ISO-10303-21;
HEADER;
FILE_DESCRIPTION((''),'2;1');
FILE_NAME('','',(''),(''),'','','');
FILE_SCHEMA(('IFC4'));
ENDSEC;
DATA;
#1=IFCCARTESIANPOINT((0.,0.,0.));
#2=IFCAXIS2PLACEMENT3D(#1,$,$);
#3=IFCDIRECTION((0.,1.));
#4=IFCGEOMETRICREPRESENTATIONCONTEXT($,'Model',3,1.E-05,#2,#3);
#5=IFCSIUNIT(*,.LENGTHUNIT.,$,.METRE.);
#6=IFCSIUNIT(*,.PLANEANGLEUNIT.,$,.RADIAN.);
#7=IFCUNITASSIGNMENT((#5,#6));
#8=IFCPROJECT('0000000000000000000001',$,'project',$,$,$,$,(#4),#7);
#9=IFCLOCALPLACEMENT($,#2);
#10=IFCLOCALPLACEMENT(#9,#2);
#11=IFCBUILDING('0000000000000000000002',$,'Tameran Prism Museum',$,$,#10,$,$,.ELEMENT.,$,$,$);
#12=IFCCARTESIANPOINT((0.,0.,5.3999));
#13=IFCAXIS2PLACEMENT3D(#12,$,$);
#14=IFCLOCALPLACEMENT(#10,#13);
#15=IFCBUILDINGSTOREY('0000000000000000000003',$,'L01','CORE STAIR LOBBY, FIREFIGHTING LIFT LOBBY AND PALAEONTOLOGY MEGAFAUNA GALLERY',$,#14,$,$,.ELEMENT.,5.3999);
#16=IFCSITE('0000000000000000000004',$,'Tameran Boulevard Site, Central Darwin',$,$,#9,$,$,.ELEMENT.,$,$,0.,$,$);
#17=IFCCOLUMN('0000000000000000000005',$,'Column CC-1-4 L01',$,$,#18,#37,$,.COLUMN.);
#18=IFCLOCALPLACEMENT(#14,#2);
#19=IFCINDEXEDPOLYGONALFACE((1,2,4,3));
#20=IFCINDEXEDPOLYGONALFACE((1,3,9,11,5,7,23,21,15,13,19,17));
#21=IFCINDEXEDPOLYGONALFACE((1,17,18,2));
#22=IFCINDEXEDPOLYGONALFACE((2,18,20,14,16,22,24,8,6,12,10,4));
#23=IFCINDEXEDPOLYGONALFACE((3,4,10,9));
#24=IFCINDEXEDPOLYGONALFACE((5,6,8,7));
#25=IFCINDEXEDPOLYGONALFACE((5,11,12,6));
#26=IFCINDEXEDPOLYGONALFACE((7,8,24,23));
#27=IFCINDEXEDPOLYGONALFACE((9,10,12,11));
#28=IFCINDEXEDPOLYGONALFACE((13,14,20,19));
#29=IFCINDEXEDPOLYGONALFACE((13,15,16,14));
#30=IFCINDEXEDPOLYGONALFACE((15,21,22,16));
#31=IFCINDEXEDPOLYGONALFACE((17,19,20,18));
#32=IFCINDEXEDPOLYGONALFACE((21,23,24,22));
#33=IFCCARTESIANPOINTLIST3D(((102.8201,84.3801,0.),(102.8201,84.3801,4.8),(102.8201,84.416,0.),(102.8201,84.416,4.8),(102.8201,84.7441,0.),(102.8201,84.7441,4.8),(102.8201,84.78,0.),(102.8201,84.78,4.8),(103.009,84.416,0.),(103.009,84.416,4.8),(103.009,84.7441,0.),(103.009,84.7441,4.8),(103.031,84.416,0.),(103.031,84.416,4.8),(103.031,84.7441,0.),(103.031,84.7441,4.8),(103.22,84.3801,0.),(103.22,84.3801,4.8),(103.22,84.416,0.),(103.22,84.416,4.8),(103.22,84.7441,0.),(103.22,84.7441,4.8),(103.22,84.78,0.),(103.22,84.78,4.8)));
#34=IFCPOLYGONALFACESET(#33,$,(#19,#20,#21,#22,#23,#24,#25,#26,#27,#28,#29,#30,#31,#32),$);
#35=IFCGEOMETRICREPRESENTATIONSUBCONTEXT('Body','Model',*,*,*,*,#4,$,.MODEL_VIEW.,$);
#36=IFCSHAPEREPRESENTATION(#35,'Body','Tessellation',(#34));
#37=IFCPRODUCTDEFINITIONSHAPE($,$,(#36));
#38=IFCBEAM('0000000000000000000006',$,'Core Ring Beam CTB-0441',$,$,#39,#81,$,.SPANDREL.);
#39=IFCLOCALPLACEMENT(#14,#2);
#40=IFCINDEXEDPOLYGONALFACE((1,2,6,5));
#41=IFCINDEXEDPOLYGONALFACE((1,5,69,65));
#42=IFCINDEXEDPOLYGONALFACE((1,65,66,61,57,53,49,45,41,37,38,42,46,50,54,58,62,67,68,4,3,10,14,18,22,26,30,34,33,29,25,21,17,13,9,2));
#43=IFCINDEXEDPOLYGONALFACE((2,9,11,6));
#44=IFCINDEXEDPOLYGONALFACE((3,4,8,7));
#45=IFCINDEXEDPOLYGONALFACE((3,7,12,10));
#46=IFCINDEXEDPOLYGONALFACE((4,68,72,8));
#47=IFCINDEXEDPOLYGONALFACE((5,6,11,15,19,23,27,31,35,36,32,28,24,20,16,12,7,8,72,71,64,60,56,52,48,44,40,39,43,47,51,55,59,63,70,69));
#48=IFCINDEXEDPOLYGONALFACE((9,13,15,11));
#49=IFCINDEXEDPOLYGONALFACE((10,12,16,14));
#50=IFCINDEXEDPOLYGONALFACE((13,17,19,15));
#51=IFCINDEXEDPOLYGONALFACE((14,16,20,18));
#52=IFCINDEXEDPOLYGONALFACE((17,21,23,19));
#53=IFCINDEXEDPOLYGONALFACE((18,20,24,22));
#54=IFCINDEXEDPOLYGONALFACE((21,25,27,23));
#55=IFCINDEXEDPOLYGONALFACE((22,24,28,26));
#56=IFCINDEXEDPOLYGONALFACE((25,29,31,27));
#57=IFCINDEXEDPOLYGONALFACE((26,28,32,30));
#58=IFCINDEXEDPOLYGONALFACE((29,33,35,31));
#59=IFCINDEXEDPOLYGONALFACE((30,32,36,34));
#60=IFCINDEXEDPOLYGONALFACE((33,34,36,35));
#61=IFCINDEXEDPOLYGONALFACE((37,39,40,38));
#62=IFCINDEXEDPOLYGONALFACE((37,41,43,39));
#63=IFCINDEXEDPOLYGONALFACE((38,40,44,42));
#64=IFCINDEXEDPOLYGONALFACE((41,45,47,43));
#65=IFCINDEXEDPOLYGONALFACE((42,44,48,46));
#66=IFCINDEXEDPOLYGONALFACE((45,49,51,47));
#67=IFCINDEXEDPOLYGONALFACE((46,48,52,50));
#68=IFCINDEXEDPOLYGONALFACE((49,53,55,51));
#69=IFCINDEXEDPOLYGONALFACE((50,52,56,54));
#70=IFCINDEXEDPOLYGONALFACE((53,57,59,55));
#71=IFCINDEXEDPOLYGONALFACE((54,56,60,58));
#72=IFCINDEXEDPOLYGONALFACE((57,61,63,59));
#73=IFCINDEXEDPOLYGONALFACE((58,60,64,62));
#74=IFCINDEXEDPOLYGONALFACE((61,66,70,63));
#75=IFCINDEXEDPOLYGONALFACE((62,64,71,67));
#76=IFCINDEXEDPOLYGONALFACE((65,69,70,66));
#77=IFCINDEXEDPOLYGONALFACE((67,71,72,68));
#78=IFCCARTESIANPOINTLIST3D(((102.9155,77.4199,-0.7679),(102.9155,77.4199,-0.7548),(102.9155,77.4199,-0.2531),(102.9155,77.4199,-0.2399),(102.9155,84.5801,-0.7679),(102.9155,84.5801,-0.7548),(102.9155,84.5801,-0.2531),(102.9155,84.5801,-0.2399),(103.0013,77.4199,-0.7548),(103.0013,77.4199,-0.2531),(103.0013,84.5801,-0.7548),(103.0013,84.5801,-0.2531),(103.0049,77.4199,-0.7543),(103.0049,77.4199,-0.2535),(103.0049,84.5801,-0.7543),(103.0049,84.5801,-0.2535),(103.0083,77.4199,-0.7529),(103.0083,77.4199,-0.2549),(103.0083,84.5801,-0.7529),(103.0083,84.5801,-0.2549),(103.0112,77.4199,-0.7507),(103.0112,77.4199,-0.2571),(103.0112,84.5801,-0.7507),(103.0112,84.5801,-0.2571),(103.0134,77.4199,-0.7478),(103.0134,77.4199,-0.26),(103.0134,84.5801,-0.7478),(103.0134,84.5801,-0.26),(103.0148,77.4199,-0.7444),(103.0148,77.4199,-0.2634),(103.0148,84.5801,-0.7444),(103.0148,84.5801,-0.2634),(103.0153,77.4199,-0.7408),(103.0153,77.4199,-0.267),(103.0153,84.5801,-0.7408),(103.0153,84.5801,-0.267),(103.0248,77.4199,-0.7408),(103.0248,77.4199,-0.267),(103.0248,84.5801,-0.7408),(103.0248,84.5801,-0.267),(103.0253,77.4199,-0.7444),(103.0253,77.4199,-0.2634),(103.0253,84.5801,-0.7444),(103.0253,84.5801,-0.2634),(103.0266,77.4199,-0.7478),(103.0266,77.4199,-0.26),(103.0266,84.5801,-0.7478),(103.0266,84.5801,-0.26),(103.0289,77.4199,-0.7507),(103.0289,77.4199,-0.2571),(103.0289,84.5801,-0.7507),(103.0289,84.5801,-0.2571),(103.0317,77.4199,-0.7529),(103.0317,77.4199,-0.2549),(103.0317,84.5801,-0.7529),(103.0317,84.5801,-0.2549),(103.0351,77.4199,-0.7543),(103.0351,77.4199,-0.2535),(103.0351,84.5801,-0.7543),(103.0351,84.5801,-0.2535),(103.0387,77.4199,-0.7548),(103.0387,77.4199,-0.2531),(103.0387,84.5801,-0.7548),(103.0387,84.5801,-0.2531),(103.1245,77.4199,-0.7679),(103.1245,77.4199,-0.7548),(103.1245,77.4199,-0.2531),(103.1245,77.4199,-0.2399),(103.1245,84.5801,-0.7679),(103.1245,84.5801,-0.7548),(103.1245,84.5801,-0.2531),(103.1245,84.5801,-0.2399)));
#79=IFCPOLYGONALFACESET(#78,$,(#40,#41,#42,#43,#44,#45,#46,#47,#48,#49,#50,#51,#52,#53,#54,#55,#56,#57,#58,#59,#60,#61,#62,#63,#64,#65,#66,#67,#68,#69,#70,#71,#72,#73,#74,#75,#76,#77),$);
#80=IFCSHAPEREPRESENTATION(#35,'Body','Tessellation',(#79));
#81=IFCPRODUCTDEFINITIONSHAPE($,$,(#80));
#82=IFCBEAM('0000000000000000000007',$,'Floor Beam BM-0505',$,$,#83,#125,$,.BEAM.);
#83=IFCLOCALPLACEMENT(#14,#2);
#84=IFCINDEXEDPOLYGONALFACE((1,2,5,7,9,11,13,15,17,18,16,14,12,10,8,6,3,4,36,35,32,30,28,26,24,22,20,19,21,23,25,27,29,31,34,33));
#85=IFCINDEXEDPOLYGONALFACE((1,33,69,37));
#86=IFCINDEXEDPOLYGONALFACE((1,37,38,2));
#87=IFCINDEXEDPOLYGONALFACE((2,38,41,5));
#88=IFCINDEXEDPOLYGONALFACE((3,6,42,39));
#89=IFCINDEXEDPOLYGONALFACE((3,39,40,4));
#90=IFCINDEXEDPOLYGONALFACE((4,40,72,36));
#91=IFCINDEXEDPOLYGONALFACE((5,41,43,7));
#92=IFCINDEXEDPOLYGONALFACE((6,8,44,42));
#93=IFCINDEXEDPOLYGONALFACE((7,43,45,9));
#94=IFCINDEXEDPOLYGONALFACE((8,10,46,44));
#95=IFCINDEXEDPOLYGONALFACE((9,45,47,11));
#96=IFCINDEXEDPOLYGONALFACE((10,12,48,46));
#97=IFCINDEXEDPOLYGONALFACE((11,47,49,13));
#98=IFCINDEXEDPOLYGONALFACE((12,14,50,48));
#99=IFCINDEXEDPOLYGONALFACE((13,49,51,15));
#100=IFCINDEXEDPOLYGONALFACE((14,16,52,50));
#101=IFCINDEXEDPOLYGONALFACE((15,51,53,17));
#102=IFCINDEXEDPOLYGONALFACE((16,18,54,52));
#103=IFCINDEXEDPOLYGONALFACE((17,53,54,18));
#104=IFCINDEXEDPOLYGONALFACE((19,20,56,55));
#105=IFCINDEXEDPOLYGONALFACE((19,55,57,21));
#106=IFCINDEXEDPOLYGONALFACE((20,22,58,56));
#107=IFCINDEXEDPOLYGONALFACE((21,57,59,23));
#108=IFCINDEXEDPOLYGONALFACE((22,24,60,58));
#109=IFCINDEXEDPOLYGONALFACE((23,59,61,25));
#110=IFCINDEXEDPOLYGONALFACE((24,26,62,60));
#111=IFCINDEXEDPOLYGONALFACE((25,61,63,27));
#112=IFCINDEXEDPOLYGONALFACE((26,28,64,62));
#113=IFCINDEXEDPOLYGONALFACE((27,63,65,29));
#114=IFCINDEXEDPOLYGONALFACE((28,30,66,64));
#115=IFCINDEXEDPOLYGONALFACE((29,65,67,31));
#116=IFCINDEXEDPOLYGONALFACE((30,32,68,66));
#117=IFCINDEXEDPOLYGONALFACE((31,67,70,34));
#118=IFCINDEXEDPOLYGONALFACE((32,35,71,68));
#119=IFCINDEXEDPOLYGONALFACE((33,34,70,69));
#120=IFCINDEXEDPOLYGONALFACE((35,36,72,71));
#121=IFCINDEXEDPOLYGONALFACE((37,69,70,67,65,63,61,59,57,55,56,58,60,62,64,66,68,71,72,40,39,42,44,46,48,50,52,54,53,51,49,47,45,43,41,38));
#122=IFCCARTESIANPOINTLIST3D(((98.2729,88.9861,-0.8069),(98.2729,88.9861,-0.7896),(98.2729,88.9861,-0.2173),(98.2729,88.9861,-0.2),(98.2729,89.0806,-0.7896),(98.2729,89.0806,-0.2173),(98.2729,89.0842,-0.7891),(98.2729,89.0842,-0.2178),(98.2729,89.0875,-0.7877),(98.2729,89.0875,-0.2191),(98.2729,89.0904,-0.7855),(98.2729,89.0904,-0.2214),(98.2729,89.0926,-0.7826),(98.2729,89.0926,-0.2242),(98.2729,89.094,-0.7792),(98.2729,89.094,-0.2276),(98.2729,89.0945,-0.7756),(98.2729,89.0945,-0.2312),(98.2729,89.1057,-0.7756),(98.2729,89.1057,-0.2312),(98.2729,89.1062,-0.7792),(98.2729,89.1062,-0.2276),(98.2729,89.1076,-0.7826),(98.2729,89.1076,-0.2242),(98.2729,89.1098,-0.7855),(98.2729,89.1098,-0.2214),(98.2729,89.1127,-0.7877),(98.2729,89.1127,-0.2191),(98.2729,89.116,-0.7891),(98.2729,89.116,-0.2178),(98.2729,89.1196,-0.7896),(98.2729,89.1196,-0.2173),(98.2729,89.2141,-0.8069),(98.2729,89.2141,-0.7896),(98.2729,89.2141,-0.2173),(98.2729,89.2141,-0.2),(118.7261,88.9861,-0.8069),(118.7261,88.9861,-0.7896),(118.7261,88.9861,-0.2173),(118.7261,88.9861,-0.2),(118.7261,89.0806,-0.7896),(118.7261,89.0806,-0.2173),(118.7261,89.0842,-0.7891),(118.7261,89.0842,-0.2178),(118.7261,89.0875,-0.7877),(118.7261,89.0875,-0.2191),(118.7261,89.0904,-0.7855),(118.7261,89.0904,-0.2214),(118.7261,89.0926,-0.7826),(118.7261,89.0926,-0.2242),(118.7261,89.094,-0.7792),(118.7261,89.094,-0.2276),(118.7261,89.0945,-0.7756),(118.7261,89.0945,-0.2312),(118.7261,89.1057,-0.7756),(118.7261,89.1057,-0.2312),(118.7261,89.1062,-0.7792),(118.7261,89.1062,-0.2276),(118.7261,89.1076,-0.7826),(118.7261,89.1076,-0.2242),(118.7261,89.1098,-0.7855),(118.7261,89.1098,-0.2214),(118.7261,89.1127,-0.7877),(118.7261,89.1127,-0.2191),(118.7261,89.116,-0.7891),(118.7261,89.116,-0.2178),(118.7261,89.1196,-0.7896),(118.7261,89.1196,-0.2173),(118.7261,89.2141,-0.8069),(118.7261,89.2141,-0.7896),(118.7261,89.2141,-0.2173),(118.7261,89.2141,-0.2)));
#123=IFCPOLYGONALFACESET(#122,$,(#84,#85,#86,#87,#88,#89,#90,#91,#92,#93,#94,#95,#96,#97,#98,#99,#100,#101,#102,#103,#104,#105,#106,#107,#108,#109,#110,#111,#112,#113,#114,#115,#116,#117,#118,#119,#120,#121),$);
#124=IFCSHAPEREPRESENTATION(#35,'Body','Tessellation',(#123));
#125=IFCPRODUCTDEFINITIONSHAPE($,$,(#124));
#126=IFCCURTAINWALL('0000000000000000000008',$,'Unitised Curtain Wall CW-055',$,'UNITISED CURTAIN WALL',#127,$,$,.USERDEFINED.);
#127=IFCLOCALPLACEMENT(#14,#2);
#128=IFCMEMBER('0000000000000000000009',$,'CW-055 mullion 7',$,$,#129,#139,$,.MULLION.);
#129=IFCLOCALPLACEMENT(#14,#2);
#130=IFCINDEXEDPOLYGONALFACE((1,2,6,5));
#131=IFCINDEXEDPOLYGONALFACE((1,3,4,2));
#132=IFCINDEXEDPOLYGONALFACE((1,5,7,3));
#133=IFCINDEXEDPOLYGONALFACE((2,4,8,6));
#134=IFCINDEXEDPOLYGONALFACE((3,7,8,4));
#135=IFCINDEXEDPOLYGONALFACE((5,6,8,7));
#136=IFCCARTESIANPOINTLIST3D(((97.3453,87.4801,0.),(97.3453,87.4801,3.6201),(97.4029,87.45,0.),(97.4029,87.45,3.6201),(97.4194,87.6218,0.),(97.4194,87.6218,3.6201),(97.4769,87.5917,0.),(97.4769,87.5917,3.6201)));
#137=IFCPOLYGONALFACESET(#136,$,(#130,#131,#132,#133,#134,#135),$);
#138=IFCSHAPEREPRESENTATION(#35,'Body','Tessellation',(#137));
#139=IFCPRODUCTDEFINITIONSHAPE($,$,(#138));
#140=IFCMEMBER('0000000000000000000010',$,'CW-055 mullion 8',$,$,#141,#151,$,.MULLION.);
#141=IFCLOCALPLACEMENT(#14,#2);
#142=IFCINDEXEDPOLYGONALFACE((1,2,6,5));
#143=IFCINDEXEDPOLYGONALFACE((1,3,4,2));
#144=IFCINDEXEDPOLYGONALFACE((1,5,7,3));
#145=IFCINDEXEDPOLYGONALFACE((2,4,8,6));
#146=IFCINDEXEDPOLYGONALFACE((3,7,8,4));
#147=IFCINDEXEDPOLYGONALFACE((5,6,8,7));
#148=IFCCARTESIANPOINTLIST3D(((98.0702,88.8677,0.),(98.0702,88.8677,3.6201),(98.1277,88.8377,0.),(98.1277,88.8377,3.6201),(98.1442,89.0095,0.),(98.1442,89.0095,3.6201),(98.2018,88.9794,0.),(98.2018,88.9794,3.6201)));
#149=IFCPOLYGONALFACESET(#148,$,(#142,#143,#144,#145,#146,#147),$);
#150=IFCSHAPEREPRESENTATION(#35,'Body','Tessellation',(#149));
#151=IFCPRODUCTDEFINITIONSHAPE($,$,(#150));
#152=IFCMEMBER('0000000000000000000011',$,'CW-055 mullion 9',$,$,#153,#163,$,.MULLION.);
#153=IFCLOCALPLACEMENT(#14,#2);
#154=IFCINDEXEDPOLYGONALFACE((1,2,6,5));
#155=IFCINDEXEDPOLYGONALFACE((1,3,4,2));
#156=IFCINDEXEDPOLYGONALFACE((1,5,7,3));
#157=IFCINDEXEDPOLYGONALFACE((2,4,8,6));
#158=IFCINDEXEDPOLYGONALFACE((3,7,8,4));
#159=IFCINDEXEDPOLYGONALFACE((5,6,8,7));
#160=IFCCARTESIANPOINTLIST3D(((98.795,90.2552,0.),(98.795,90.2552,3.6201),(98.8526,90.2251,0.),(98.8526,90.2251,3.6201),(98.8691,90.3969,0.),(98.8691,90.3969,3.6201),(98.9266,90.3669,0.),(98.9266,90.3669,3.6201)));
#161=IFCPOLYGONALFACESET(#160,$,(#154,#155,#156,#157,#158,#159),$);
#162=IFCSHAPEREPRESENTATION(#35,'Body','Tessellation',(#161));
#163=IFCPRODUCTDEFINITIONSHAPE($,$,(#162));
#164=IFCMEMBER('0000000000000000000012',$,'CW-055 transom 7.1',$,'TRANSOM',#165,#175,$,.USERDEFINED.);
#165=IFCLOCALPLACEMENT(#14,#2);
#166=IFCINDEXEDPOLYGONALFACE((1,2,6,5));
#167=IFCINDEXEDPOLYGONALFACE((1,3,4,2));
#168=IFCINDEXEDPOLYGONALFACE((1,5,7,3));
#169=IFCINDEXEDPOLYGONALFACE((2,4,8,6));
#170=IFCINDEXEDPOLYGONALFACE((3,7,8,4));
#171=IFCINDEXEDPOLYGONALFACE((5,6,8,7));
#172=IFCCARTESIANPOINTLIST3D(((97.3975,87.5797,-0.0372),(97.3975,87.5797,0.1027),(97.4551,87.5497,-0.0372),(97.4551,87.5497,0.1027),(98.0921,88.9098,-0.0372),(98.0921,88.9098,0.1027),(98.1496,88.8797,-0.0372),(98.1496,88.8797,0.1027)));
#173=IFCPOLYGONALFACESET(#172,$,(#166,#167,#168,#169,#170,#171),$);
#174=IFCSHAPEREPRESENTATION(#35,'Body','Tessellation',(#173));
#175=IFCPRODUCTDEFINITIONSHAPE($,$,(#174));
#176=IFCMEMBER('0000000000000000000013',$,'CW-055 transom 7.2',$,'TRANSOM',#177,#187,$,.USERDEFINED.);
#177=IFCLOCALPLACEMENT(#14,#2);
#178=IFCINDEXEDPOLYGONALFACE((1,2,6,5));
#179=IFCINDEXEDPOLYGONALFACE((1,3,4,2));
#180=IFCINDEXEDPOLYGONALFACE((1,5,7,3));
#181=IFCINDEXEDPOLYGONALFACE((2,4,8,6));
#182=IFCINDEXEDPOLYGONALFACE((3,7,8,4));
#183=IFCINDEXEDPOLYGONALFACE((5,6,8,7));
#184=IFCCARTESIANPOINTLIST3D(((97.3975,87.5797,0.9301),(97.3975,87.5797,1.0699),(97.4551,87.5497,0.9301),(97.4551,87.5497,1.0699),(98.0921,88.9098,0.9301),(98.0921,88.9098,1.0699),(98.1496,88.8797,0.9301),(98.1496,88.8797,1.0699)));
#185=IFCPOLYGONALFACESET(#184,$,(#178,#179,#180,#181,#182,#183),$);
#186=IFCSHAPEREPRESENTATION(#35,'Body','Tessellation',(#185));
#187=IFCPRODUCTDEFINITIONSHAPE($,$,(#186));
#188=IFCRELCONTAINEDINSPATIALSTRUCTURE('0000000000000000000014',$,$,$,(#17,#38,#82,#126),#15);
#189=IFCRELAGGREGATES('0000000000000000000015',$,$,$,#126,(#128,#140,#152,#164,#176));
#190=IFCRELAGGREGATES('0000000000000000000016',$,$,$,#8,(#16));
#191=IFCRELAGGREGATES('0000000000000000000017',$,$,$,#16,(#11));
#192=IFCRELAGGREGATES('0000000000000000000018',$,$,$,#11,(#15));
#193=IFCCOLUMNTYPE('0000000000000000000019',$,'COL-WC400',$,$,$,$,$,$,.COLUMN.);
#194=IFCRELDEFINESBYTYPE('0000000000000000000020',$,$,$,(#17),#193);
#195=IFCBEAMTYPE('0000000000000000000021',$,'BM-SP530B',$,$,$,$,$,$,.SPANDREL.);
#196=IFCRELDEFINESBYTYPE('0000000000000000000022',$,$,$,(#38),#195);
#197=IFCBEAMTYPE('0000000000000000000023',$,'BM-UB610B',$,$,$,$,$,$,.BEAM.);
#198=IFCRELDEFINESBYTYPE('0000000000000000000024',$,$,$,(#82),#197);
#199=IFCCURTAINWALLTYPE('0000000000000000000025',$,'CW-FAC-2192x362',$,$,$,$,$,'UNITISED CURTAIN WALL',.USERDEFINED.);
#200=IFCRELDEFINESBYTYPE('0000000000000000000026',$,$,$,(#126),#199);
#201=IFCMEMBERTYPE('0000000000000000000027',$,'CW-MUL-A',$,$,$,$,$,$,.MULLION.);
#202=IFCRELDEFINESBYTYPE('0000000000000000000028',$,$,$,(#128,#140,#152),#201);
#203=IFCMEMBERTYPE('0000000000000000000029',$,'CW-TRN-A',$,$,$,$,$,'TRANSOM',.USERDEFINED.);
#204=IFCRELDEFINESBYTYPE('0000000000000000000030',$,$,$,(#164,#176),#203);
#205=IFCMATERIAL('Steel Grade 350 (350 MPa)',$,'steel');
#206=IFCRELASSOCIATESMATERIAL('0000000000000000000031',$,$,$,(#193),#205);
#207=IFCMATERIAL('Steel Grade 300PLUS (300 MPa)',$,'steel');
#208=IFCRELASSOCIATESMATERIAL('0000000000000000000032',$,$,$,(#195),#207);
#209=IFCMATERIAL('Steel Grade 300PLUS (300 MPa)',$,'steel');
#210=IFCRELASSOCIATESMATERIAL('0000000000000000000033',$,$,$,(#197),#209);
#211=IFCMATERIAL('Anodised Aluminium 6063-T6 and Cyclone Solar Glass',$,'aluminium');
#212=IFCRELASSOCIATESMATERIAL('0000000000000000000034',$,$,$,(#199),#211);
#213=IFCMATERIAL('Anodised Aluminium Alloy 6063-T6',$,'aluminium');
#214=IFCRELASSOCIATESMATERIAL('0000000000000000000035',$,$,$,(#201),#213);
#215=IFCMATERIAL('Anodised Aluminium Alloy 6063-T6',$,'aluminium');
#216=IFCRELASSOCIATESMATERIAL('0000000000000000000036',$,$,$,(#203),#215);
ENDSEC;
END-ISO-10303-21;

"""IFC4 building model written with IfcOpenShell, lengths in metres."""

from ifc_helpers import new_model, si_unit, direction, frame, origin, origin_2d, place, context, subcontext, project, spatial, rectangle, i_section, extrude, material, material_profile, profile_set, type_object, element, aggregate, save


model = new_model("IFC4")

# Units and contexts
model_context = context("Model", 3, precision=1e-05, world=origin(), true_north=direction((0.0, 1.0)))
body_context = subcontext(model_context, "Body", "Model", "MODEL_VIEW")
ifc_project = project(units=[si_unit("LENGTHUNIT", "METRE"), si_unit("PLANEANGLEUNIT", "RADIAN")], contexts=[model_context])

# Site, building, storey
site_placement = place(None, origin())
site = spatial("IfcSite", under=ifc_project, at=site_placement, Name="Tameran Boulevard Site, Central Darwin", CompositionType="ELEMENT", RefElevation=0.0)
building_placement = place(site_placement, origin())
building = spatial("IfcBuilding", under=site, at=building_placement, Name="Tameran Prism Museum", CompositionType="ELEMENT")
storey_placement = place(building_placement, frame((0.0, 0.0, 5.3999)))
storey = spatial("IfcBuildingStorey", under=building, at=storey_placement, Name="L01", Description="CORE STAIR LOBBY, FIREFIGHTING LIFT LOBBY AND PALAEONTOLOGY MEGAFAUNA GALLERY", CompositionType="ELEMENT", Elevation=5.3999)

# Column
ifc_material_1 = material(Name="Steel Grade 350 (350 MPa)", Category="steel")
ifc_material_profile_1 = material_profile(ifc_material_1, i_section(OverallWidth=0.3999, OverallDepth=0.3999, WebThickness=0.022, FlangeThickness=0.0359, at=origin_2d()))
ifc_profile_set_1 = profile_set([ifc_material_profile_1])
column_type = type_object("IfcColumnType", Name="COL-WC400", PredefinedType="COLUMN", material=ifc_profile_set_1)
column_placement = place(storey_placement, frame((103.02, 84.5801, 0.0), z_axis=(0.0, 0.0, 1.0), x_axis=(1.0, 0.0, 0.0)))
element("IfcColumn", 1, at=column_placement, inside=storey, type_object=column_type, Name="Column CC-1-4 L01", PredefinedType="COLUMN", context=body_context, shape_type="SweptSolid", body=[
    extrude(i_section(OverallWidth=0.3999, OverallDepth=0.3999, WebThickness=0.022, FlangeThickness=0.0359, at=origin_2d()), origin(), (0.0, 0.0, 1.0), 4.8),
])

# Beams
ifc_material_2 = material(Name="Steel Grade 300PLUS (300 MPa)", Category="steel")
ifc_material_profile_2 = material_profile(ifc_material_2, i_section(OverallWidth=0.209, OverallDepth=0.5281, WebThickness=0.0095, FlangeThickness=0.0132, FilletRadius=0.0139, at=origin_2d()))
ifc_profile_set_2 = profile_set([ifc_material_profile_2])
beam_type_1 = type_object("IfcBeamType", Name="BM-SP530B", PredefinedType="SPANDREL", material=ifc_profile_set_2)
beam_1_placement = place(storey_placement, frame((103.02, 84.5801, -0.5039), z_axis=(0.0, -1.0, 0.0), x_axis=(1.0, 0.0, 0.0)))
element("IfcBeam", 2, at=beam_1_placement, inside=storey, type_object=beam_type_1, Name="Core Ring Beam CTB-0441", PredefinedType="SPANDREL", context=body_context, shape_type="SweptSolid", body=[
    extrude(i_section(OverallWidth=0.209, OverallDepth=0.5281, WebThickness=0.0095, FlangeThickness=0.0132, FilletRadius=0.0139, at=origin_2d()), origin(), (0.0, 0.0, 1.0), 7.1602),
])
ifc_material_3 = material(Name="Steel Grade 300PLUS (300 MPa)", Category="steel")
ifc_material_profile_3 = material_profile(ifc_material_3, i_section(OverallWidth=0.228, OverallDepth=0.6069, WebThickness=0.0112, FlangeThickness=0.0173, FilletRadius=0.0139, at=origin_2d()))
ifc_profile_set_3 = profile_set([ifc_material_profile_3])
beam_type_2 = type_object("IfcBeamType", Name="BM-UB610B", PredefinedType="BEAM", material=ifc_profile_set_3)
beam_2_placement = place(storey_placement, frame((98.2729, 89.1001, -0.5034), z_axis=(1.0, 0.0, 0.0), x_axis=(0.0, 1.0, 0.0)))
element("IfcBeam", 3, at=beam_2_placement, inside=storey, type_object=beam_type_2, Name="Floor Beam BM-0505", PredefinedType="BEAM", context=body_context, shape_type="SweptSolid", body=[
    extrude(i_section(OverallWidth=0.228, OverallDepth=0.6069, WebThickness=0.0112, FlangeThickness=0.0173, FilletRadius=0.0139, at=origin_2d()), origin(), (0.0, 0.0, 1.0), 20.4531),
])

# Curtain wall, members
ifc_material_4 = material(Name="Anodised Aluminium 6063-T6 and Cyclone Solar Glass", Category="aluminium")
curtain_wall_type = type_object("IfcCurtainWallType", Name="CW-FAC-2192x362", ElementType="UNITISED CURTAIN WALL", PredefinedType="USERDEFINED", material=ifc_material_4)
curtain_wall_placement = place(storey_placement, origin())
curtain_wall = element("IfcCurtainWall", 4, at=curtain_wall_placement, inside=storey, type_object=curtain_wall_type, Name="Unitised Curtain Wall CW-055", ObjectType="UNITISED CURTAIN WALL", PredefinedType="USERDEFINED")
ifc_material_5 = material(Name="Anodised Aluminium Alloy 6063-T6", Category="aluminium")
ifc_material_profile_4 = material_profile(ifc_material_5, rectangle(XDim=0.0649, YDim=0.1599, at=origin_2d()))
ifc_profile_set_4 = profile_set([ifc_material_profile_4])
member_type_1 = type_object("IfcMemberType", Name="CW-MUL-A", PredefinedType="MULLION", material=ifc_profile_set_4)
member_1_placement = place(storey_placement, frame((97.4111, 87.5359, 0.0), z_axis=(0.0, 0.0, 1.0), x_axis=(-0.886357, 0.463003, 0.0)))
member_1 = element("IfcMember", 5, at=member_1_placement, type_object=member_type_1, Name="CW-055 mullion 7", PredefinedType="MULLION", context=body_context, shape_type="SweptSolid", body=[
    extrude(rectangle(XDim=0.0649, YDim=0.1599, at=origin_2d()), origin(), (0.0, 0.0, 1.0), 3.6201),
])
member_2_placement = place(storey_placement, frame((98.136, 88.9236, 0.0), z_axis=(0.0, 0.0, 1.0), x_axis=(-0.886357, 0.463003, 0.0)))
member_2 = element("IfcMember", 6, at=member_2_placement, type_object=member_type_1, Name="CW-055 mullion 8", PredefinedType="MULLION", context=body_context, shape_type="SweptSolid", body=[
    extrude(rectangle(XDim=0.0649, YDim=0.1599, at=origin_2d()), origin(), (0.0, 0.0, 1.0), 3.6201),
])
member_3_placement = place(storey_placement, frame((98.8608, 90.311, 0.0), z_axis=(0.0, 0.0, 1.0), x_axis=(-0.886357, 0.463003, 0.0)))
member_3 = element("IfcMember", 7, at=member_3_placement, type_object=member_type_1, Name="CW-055 mullion 9", PredefinedType="MULLION", context=body_context, shape_type="SweptSolid", body=[
    extrude(rectangle(XDim=0.0649, YDim=0.1599, at=origin_2d()), origin(), (0.0, 0.0, 1.0), 3.6201),
])
ifc_material_6 = material(Name="Anodised Aluminium Alloy 6063-T6", Category="aluminium")
ifc_material_profile_5 = material_profile(ifc_material_6, rectangle(XDim=0.0649, YDim=0.1399, at=origin_2d()))
ifc_profile_set_5 = profile_set([ifc_material_profile_5])
member_type_2 = type_object("IfcMemberType", Name="CW-TRN-A", ElementType="TRANSOM", PredefinedType="USERDEFINED", material=ifc_profile_set_5)
member_4_placement = place(storey_placement, frame((97.4263, 87.5647, 0.0327), z_axis=(0.462894, 0.886414, 0.0), x_axis=(-0.886414, 0.462894, 0.0)))
member_4 = element("IfcMember", 8, at=member_4_placement, type_object=member_type_2, Name="CW-055 transom 7.1", ObjectType="TRANSOM", PredefinedType="USERDEFINED", context=body_context, shape_type="SweptSolid", body=[
    extrude(rectangle(XDim=0.0649, YDim=0.1399, at=origin_2d()), origin(), (0.0, 0.0, 1.0), 1.5005),
])
member_5_placement = place(storey_placement, frame((97.4263, 87.5647, 1.0), z_axis=(0.462894, 0.886414, 0.0), x_axis=(-0.886414, 0.462894, 0.0)))
member_5 = element("IfcMember", 9, at=member_5_placement, type_object=member_type_2, Name="CW-055 transom 7.2", ObjectType="TRANSOM", PredefinedType="USERDEFINED", context=body_context, shape_type="SweptSolid", body=[
    extrude(rectangle(XDim=0.0649, YDim=0.1399, at=origin_2d()), origin(), (0.0, 0.0, 1.0), 1.5005),
])
aggregate(curtain_wall, [member_1, member_2, member_3, member_4, member_5])

save(model, "model.ifc")
